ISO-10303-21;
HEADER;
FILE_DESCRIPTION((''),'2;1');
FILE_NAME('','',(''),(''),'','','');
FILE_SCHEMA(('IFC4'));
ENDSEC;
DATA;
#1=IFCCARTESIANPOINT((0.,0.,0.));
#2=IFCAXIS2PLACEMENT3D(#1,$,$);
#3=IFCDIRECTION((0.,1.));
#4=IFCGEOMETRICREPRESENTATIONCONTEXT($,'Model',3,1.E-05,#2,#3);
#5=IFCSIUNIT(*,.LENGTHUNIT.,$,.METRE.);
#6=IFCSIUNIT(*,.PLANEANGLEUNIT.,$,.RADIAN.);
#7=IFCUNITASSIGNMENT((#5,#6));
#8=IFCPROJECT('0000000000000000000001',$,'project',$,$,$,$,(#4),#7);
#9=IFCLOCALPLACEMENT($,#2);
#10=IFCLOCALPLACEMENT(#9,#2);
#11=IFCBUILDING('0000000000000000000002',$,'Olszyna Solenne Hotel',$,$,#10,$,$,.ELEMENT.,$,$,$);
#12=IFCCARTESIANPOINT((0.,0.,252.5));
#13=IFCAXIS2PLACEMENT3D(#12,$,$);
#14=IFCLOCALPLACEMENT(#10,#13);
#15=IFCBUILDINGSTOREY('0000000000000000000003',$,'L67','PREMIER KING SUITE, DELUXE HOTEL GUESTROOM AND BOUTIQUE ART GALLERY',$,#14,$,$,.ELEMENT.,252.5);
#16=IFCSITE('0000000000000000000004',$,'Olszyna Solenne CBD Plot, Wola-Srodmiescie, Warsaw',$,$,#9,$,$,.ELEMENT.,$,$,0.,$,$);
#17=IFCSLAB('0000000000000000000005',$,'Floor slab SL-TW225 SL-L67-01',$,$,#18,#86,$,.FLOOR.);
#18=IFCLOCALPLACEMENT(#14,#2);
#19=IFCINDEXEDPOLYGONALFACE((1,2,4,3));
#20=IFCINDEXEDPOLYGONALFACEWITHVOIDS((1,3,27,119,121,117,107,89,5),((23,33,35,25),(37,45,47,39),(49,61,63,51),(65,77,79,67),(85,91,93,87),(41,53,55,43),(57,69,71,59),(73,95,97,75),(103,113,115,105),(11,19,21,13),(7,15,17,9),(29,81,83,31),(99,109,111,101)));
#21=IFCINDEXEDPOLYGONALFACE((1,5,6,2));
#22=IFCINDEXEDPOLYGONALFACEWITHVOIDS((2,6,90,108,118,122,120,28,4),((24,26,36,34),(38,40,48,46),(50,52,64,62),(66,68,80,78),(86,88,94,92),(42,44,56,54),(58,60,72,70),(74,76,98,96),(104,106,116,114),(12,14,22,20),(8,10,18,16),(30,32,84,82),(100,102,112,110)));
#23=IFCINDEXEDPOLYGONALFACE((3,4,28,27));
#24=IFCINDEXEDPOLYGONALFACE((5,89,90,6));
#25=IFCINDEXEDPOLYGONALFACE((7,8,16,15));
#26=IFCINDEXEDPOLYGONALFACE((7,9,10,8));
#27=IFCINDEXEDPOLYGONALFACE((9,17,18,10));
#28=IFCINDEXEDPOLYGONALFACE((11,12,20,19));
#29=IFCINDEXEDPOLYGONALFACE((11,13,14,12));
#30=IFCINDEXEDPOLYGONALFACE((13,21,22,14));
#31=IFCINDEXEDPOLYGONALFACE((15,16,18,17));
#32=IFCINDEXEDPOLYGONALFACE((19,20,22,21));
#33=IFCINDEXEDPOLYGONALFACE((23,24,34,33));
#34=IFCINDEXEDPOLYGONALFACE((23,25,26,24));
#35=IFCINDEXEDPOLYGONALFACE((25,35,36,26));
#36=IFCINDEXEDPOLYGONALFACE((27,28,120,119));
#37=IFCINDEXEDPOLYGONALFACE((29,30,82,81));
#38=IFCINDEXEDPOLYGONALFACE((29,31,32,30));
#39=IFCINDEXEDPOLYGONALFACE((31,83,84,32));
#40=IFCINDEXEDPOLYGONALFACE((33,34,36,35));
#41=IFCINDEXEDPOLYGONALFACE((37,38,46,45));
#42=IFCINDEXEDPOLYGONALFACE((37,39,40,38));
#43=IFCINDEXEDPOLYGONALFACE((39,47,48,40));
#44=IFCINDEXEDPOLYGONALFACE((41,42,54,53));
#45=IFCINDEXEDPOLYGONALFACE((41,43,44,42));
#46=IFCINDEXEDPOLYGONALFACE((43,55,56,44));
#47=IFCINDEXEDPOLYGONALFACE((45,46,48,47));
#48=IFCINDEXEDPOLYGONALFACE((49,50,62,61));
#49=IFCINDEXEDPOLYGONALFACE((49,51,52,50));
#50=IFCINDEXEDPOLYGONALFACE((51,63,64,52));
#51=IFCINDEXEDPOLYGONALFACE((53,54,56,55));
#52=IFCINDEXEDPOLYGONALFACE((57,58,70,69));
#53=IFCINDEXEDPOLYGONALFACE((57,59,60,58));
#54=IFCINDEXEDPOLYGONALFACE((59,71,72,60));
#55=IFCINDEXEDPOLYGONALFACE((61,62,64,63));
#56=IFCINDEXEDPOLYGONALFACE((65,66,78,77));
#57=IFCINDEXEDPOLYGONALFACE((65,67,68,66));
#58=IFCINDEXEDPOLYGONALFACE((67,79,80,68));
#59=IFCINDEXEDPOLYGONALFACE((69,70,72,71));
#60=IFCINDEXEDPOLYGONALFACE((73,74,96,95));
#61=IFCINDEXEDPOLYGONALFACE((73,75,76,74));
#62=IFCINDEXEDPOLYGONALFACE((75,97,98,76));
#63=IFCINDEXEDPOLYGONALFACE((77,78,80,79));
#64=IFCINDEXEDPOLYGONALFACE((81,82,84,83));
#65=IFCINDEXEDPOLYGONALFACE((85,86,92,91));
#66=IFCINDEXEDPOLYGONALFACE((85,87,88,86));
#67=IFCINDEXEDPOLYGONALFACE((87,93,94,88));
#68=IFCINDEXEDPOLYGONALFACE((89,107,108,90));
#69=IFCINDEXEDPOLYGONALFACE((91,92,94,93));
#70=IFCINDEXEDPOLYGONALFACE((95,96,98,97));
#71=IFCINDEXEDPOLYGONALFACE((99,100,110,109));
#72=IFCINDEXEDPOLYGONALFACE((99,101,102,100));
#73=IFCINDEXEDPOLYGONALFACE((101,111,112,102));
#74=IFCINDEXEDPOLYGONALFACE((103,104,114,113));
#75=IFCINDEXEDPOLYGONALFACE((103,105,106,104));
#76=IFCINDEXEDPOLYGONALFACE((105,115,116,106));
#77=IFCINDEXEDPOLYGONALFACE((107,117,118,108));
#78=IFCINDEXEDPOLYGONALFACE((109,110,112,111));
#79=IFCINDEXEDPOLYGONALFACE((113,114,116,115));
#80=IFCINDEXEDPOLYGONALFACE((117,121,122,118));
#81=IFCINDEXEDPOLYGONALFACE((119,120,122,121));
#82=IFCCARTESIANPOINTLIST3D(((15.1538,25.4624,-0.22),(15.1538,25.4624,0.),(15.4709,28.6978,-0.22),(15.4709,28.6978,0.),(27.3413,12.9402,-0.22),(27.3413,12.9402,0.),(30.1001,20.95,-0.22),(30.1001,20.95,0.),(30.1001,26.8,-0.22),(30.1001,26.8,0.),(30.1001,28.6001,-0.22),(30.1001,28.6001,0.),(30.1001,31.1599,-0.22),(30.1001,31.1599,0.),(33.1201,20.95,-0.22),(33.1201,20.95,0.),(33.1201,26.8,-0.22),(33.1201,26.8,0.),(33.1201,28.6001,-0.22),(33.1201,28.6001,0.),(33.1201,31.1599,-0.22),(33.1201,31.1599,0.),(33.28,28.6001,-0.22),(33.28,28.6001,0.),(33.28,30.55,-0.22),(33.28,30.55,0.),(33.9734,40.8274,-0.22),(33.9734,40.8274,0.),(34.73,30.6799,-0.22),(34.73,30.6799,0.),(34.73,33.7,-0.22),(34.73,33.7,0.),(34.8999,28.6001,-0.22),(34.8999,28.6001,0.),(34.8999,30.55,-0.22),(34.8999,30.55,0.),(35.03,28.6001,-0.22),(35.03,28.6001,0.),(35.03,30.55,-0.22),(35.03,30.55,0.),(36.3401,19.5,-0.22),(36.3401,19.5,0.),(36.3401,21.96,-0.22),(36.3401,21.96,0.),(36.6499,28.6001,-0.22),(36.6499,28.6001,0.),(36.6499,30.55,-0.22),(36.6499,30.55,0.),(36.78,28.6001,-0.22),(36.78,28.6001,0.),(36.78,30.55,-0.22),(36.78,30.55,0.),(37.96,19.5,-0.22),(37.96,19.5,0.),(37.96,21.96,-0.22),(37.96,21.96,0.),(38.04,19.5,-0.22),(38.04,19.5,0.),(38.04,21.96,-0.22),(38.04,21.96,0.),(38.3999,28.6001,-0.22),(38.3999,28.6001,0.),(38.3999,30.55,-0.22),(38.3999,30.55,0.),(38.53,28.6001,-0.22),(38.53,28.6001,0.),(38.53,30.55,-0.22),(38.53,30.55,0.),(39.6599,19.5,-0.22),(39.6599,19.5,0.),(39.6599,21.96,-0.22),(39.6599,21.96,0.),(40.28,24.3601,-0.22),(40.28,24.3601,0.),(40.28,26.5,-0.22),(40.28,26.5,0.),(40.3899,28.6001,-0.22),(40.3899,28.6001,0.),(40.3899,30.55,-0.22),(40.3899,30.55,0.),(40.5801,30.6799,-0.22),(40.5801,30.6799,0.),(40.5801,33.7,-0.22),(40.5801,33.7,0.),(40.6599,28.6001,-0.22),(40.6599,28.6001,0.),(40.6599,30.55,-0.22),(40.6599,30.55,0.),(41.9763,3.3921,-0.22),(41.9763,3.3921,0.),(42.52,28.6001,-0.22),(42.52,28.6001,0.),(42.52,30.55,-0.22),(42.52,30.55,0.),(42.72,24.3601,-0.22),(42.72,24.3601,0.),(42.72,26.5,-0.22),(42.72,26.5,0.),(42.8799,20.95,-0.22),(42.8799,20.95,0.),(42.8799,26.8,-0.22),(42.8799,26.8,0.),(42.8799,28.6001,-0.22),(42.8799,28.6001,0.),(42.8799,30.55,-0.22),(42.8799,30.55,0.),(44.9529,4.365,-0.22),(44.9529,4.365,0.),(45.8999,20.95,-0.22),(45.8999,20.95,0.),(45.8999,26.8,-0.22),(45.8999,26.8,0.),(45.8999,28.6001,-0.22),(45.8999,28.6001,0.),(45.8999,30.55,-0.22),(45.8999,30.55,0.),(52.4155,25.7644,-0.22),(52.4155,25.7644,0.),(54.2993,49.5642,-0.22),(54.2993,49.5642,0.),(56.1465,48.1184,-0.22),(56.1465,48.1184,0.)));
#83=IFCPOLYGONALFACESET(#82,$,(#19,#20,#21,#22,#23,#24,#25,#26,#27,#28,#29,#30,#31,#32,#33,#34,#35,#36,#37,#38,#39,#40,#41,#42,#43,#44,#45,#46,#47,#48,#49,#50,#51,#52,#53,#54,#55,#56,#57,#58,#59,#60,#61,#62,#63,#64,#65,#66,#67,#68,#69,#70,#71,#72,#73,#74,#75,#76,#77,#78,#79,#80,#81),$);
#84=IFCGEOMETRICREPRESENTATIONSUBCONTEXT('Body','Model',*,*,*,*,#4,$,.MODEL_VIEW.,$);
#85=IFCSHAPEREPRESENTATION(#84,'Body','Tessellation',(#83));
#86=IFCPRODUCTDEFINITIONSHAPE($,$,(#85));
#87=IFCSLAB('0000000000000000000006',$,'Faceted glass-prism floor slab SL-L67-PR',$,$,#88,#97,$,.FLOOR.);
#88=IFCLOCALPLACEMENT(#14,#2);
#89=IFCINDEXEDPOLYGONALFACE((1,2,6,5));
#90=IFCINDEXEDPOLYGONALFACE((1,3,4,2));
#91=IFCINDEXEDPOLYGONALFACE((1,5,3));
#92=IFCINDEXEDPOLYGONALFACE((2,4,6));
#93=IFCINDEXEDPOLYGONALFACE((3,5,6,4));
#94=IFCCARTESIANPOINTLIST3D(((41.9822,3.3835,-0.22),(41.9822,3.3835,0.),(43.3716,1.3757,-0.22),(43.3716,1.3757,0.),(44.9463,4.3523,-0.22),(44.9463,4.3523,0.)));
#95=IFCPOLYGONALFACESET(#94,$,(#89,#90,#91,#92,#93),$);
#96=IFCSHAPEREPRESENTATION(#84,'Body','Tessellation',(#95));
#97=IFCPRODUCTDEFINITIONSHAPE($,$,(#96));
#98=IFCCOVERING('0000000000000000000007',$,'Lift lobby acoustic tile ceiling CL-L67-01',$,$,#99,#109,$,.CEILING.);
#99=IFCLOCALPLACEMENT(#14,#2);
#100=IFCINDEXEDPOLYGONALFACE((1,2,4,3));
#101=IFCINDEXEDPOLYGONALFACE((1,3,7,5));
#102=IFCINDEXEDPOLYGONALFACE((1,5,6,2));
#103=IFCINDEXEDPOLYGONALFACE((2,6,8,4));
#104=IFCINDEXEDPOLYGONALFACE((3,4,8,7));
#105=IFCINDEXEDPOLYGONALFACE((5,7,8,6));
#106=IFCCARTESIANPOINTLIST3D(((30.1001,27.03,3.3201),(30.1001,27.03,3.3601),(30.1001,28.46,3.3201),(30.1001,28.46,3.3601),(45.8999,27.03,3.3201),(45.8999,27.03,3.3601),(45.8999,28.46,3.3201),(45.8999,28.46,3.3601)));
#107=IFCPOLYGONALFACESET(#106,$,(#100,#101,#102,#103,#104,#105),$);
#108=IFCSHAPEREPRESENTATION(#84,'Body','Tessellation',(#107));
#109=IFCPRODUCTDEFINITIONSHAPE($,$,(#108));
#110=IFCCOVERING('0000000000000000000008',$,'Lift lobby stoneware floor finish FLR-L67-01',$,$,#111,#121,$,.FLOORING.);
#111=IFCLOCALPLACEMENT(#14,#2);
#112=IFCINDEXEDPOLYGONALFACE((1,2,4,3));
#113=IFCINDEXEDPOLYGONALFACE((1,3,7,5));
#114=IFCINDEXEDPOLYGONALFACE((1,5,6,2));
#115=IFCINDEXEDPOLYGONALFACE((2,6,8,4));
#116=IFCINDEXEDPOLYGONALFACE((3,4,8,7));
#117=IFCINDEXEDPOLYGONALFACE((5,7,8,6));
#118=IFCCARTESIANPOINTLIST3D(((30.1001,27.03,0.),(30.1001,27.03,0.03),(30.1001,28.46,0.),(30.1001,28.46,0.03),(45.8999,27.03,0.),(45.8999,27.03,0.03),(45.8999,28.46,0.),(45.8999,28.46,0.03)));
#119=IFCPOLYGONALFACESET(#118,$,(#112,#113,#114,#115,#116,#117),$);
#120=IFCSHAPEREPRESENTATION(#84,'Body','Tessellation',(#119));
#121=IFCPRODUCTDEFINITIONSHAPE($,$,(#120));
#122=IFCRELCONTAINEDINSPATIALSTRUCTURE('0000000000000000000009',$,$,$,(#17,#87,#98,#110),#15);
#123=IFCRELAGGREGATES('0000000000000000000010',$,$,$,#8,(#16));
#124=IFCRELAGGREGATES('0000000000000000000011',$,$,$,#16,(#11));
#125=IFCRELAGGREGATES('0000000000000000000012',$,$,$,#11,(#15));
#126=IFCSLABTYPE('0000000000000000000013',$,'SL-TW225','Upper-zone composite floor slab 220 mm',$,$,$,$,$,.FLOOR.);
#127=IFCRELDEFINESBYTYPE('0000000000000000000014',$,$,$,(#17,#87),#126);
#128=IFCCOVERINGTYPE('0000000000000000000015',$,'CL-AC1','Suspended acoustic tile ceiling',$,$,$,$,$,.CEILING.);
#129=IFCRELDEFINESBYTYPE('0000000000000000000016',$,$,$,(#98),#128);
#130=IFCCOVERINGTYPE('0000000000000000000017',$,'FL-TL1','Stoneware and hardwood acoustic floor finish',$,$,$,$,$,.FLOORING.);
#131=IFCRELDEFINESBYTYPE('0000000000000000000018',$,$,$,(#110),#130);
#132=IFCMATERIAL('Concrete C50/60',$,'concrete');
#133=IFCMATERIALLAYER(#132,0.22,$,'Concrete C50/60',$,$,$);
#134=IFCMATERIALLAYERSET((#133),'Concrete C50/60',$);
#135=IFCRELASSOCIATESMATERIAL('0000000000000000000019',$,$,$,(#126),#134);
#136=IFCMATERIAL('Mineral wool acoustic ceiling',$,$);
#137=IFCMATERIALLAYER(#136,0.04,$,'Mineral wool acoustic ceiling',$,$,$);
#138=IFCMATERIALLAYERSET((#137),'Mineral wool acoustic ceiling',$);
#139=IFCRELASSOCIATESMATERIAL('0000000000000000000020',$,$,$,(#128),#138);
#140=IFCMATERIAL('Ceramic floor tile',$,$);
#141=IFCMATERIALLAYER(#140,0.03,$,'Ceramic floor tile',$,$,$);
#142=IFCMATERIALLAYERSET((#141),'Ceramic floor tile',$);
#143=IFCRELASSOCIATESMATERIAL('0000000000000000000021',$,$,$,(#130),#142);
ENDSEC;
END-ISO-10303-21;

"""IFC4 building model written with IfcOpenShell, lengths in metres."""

from ifc_helpers import new_model, si_unit, direction, frame, origin, place, context, subcontext, project, spatial, polyline, outline, extrude, material, layer, layer_set, type_object, element, save


model = new_model("IFC4")

# Units and contexts
model_context = context("Model", 3, precision=1e-05, world=origin(), true_north=direction((0.0, 1.0)))
body_context = subcontext(model_context, "Body", "Model", "MODEL_VIEW")
ifc_project = project(units=[si_unit("LENGTHUNIT", "METRE"), si_unit("PLANEANGLEUNIT", "RADIAN")], contexts=[model_context])

# Site, building, storey
site_placement = place(None, origin())
site = spatial("IfcSite", under=ifc_project, at=site_placement, Name="Olszyna Solenne CBD Plot, Wola-Srodmiescie, Warsaw", CompositionType="ELEMENT", RefElevation=0.0)
building_placement = place(site_placement, origin())
building = spatial("IfcBuilding", under=site, at=building_placement, Name="Olszyna Solenne Hotel", CompositionType="ELEMENT")
storey_placement = place(building_placement, frame((0.0, 0.0, 252.5)))
storey = spatial("IfcBuildingStorey", under=building, at=storey_placement, Name="L67", Description="PREMIER KING SUITE, DELUXE HOTEL GUESTROOM AND BOUTIQUE ART GALLERY", CompositionType="ELEMENT", Elevation=252.5)

# Slabs
ifc_material_1 = material(Name="Concrete C50/60", Category="concrete")
ifc_layer_1 = layer(ifc_material_1, 0.22, Name="Concrete C50/60")
ifc_layer_set_1 = layer_set([ifc_layer_1], Name="Concrete C50/60")
slab_type_1 = type_object("IfcSlabType", Name="SL-TW225", Description="Upper-zone composite floor slab 220 mm", PredefinedType="FLOOR", material=ifc_layer_set_1)
slab_1_placement = place(storey_placement, frame((0.0, 0.0, -0.22)))
element("IfcSlab", 1, at=slab_1_placement, inside=storey, type_object=slab_type_1, Name="Floor slab SL-TW225 SL-L67-01", PredefinedType="FLOOR", context=body_context, shape_type="SweptSolid", body=[
    extrude(outline(polyline([(56.1465, 48.1184), (54.2993, 49.5642), (33.9734, 40.8274), (15.4709, 28.6978), (15.1538, 25.4624), (27.3413, 12.9402), (41.9763, 3.3921), (44.9529, 4.365), (52.4155, 25.7644), (56.1465, 48.1184)]), holes=[polyline([(30.1001, 20.95), (33.1201, 20.95), (33.1201, 26.8), (30.1001, 26.8), (30.1001, 20.95)]), polyline([(42.8799, 20.95), (45.8999, 20.95), (45.8999, 26.8), (42.8799, 26.8), (42.8799, 20.95)]), polyline([(34.73, 30.6799), (40.5801, 30.6799), (40.5801, 33.7), (34.73, 33.7), (34.73, 30.6799)]), polyline([(36.3401, 19.5), (37.96, 19.5), (37.96, 21.96), (36.3401, 21.96), (36.3401, 19.5)]), polyline([(38.04, 19.5), (39.6599, 19.5), (39.6599, 21.96), (38.04, 21.96), (38.04, 19.5)]), polyline([(30.1001, 28.6001), (33.1201, 28.6001), (33.1201, 31.1599), (30.1001, 31.1599), (30.1001, 28.6001)]), polyline([(40.28, 24.3601), (42.72, 24.3601), (42.72, 26.5), (40.28, 26.5), (40.28, 24.3601)]), polyline([(33.28, 28.6001), (34.8999, 28.6001), (34.8999, 30.55), (33.28, 30.55), (33.28, 28.6001)]), polyline([(35.03, 28.6001), (36.6499, 28.6001), (36.6499, 30.55), (35.03, 30.55), (35.03, 28.6001)]), polyline([(36.78, 28.6001), (38.3999, 28.6001), (38.3999, 30.55), (36.78, 30.55), (36.78, 28.6001)]), polyline([(38.53, 28.6001), (40.3899, 28.6001), (40.3899, 30.55), (38.53, 30.55), (38.53, 28.6001)]), polyline([(40.6599, 28.6001), (42.52, 28.6001), (42.52, 30.55), (40.6599, 30.55), (40.6599, 28.6001)]), polyline([(42.8799, 28.6001), (45.8999, 28.6001), (45.8999, 30.55), (42.8799, 30.55), (42.8799, 28.6001)])]), origin(), (0.0, 0.0, 1.0), 0.22),
])
slab_2_placement = place(storey_placement, frame((0.0, 0.0, -0.22)))
element("IfcSlab", 2, at=slab_2_placement, inside=storey, type_object=slab_type_1, Name="Faceted glass-prism floor slab SL-L67-PR", PredefinedType="FLOOR", context=body_context, shape_type="SweptSolid", body=[
    extrude(outline(polyline([(44.9463, 4.3523), (41.9822, 3.3835), (43.3716, 1.3757), (44.9463, 4.3523)])), origin(), (0.0, 0.0, 1.0), 0.22),
])

# Coverings
ifc_material_2 = material(Name="Mineral wool acoustic ceiling")
ifc_layer_2 = layer(ifc_material_2, 0.04, Name="Mineral wool acoustic ceiling")
ifc_layer_set_2 = layer_set([ifc_layer_2], Name="Mineral wool acoustic ceiling")
covering_type_1 = type_object("IfcCoveringType", Name="CL-AC1", Description="Suspended acoustic tile ceiling", PredefinedType="CEILING", material=ifc_layer_set_2)
covering_1_placement = place(storey_placement, frame((0.0, 0.0, 3.3201)))
element("IfcCovering", 3, at=covering_1_placement, inside=storey, type_object=covering_type_1, Name="Lift lobby acoustic tile ceiling CL-L67-01", PredefinedType="CEILING", context=body_context, shape_type="SweptSolid", body=[
    extrude(outline(polyline([(30.1001, 27.03), (45.8999, 27.03), (45.8999, 28.46), (30.1001, 28.46), (30.1001, 27.03)])), origin(), (0.0, 0.0, 1.0), 0.04),
])
ifc_material_3 = material(Name="Ceramic floor tile")
ifc_layer_3 = layer(ifc_material_3, 0.03, Name="Ceramic floor tile")
ifc_layer_set_3 = layer_set([ifc_layer_3], Name="Ceramic floor tile")
covering_type_2 = type_object("IfcCoveringType", Name="FL-TL1", Description="Stoneware and hardwood acoustic floor finish", PredefinedType="FLOORING", material=ifc_layer_set_3)
covering_2_placement = place(storey_placement, origin())
element("IfcCovering", 4, at=covering_2_placement, inside=storey, type_object=covering_type_2, Name="Lift lobby stoneware floor finish FLR-L67-01", PredefinedType="FLOORING", context=body_context, shape_type="SweptSolid", body=[
    extrude(outline(polyline([(30.1001, 27.03), (45.8999, 27.03), (45.8999, 28.46), (30.1001, 28.46), (30.1001, 27.03)])), origin(), (0.0, 0.0, 1.0), 0.03),
])

save(model, "model.ifc")
